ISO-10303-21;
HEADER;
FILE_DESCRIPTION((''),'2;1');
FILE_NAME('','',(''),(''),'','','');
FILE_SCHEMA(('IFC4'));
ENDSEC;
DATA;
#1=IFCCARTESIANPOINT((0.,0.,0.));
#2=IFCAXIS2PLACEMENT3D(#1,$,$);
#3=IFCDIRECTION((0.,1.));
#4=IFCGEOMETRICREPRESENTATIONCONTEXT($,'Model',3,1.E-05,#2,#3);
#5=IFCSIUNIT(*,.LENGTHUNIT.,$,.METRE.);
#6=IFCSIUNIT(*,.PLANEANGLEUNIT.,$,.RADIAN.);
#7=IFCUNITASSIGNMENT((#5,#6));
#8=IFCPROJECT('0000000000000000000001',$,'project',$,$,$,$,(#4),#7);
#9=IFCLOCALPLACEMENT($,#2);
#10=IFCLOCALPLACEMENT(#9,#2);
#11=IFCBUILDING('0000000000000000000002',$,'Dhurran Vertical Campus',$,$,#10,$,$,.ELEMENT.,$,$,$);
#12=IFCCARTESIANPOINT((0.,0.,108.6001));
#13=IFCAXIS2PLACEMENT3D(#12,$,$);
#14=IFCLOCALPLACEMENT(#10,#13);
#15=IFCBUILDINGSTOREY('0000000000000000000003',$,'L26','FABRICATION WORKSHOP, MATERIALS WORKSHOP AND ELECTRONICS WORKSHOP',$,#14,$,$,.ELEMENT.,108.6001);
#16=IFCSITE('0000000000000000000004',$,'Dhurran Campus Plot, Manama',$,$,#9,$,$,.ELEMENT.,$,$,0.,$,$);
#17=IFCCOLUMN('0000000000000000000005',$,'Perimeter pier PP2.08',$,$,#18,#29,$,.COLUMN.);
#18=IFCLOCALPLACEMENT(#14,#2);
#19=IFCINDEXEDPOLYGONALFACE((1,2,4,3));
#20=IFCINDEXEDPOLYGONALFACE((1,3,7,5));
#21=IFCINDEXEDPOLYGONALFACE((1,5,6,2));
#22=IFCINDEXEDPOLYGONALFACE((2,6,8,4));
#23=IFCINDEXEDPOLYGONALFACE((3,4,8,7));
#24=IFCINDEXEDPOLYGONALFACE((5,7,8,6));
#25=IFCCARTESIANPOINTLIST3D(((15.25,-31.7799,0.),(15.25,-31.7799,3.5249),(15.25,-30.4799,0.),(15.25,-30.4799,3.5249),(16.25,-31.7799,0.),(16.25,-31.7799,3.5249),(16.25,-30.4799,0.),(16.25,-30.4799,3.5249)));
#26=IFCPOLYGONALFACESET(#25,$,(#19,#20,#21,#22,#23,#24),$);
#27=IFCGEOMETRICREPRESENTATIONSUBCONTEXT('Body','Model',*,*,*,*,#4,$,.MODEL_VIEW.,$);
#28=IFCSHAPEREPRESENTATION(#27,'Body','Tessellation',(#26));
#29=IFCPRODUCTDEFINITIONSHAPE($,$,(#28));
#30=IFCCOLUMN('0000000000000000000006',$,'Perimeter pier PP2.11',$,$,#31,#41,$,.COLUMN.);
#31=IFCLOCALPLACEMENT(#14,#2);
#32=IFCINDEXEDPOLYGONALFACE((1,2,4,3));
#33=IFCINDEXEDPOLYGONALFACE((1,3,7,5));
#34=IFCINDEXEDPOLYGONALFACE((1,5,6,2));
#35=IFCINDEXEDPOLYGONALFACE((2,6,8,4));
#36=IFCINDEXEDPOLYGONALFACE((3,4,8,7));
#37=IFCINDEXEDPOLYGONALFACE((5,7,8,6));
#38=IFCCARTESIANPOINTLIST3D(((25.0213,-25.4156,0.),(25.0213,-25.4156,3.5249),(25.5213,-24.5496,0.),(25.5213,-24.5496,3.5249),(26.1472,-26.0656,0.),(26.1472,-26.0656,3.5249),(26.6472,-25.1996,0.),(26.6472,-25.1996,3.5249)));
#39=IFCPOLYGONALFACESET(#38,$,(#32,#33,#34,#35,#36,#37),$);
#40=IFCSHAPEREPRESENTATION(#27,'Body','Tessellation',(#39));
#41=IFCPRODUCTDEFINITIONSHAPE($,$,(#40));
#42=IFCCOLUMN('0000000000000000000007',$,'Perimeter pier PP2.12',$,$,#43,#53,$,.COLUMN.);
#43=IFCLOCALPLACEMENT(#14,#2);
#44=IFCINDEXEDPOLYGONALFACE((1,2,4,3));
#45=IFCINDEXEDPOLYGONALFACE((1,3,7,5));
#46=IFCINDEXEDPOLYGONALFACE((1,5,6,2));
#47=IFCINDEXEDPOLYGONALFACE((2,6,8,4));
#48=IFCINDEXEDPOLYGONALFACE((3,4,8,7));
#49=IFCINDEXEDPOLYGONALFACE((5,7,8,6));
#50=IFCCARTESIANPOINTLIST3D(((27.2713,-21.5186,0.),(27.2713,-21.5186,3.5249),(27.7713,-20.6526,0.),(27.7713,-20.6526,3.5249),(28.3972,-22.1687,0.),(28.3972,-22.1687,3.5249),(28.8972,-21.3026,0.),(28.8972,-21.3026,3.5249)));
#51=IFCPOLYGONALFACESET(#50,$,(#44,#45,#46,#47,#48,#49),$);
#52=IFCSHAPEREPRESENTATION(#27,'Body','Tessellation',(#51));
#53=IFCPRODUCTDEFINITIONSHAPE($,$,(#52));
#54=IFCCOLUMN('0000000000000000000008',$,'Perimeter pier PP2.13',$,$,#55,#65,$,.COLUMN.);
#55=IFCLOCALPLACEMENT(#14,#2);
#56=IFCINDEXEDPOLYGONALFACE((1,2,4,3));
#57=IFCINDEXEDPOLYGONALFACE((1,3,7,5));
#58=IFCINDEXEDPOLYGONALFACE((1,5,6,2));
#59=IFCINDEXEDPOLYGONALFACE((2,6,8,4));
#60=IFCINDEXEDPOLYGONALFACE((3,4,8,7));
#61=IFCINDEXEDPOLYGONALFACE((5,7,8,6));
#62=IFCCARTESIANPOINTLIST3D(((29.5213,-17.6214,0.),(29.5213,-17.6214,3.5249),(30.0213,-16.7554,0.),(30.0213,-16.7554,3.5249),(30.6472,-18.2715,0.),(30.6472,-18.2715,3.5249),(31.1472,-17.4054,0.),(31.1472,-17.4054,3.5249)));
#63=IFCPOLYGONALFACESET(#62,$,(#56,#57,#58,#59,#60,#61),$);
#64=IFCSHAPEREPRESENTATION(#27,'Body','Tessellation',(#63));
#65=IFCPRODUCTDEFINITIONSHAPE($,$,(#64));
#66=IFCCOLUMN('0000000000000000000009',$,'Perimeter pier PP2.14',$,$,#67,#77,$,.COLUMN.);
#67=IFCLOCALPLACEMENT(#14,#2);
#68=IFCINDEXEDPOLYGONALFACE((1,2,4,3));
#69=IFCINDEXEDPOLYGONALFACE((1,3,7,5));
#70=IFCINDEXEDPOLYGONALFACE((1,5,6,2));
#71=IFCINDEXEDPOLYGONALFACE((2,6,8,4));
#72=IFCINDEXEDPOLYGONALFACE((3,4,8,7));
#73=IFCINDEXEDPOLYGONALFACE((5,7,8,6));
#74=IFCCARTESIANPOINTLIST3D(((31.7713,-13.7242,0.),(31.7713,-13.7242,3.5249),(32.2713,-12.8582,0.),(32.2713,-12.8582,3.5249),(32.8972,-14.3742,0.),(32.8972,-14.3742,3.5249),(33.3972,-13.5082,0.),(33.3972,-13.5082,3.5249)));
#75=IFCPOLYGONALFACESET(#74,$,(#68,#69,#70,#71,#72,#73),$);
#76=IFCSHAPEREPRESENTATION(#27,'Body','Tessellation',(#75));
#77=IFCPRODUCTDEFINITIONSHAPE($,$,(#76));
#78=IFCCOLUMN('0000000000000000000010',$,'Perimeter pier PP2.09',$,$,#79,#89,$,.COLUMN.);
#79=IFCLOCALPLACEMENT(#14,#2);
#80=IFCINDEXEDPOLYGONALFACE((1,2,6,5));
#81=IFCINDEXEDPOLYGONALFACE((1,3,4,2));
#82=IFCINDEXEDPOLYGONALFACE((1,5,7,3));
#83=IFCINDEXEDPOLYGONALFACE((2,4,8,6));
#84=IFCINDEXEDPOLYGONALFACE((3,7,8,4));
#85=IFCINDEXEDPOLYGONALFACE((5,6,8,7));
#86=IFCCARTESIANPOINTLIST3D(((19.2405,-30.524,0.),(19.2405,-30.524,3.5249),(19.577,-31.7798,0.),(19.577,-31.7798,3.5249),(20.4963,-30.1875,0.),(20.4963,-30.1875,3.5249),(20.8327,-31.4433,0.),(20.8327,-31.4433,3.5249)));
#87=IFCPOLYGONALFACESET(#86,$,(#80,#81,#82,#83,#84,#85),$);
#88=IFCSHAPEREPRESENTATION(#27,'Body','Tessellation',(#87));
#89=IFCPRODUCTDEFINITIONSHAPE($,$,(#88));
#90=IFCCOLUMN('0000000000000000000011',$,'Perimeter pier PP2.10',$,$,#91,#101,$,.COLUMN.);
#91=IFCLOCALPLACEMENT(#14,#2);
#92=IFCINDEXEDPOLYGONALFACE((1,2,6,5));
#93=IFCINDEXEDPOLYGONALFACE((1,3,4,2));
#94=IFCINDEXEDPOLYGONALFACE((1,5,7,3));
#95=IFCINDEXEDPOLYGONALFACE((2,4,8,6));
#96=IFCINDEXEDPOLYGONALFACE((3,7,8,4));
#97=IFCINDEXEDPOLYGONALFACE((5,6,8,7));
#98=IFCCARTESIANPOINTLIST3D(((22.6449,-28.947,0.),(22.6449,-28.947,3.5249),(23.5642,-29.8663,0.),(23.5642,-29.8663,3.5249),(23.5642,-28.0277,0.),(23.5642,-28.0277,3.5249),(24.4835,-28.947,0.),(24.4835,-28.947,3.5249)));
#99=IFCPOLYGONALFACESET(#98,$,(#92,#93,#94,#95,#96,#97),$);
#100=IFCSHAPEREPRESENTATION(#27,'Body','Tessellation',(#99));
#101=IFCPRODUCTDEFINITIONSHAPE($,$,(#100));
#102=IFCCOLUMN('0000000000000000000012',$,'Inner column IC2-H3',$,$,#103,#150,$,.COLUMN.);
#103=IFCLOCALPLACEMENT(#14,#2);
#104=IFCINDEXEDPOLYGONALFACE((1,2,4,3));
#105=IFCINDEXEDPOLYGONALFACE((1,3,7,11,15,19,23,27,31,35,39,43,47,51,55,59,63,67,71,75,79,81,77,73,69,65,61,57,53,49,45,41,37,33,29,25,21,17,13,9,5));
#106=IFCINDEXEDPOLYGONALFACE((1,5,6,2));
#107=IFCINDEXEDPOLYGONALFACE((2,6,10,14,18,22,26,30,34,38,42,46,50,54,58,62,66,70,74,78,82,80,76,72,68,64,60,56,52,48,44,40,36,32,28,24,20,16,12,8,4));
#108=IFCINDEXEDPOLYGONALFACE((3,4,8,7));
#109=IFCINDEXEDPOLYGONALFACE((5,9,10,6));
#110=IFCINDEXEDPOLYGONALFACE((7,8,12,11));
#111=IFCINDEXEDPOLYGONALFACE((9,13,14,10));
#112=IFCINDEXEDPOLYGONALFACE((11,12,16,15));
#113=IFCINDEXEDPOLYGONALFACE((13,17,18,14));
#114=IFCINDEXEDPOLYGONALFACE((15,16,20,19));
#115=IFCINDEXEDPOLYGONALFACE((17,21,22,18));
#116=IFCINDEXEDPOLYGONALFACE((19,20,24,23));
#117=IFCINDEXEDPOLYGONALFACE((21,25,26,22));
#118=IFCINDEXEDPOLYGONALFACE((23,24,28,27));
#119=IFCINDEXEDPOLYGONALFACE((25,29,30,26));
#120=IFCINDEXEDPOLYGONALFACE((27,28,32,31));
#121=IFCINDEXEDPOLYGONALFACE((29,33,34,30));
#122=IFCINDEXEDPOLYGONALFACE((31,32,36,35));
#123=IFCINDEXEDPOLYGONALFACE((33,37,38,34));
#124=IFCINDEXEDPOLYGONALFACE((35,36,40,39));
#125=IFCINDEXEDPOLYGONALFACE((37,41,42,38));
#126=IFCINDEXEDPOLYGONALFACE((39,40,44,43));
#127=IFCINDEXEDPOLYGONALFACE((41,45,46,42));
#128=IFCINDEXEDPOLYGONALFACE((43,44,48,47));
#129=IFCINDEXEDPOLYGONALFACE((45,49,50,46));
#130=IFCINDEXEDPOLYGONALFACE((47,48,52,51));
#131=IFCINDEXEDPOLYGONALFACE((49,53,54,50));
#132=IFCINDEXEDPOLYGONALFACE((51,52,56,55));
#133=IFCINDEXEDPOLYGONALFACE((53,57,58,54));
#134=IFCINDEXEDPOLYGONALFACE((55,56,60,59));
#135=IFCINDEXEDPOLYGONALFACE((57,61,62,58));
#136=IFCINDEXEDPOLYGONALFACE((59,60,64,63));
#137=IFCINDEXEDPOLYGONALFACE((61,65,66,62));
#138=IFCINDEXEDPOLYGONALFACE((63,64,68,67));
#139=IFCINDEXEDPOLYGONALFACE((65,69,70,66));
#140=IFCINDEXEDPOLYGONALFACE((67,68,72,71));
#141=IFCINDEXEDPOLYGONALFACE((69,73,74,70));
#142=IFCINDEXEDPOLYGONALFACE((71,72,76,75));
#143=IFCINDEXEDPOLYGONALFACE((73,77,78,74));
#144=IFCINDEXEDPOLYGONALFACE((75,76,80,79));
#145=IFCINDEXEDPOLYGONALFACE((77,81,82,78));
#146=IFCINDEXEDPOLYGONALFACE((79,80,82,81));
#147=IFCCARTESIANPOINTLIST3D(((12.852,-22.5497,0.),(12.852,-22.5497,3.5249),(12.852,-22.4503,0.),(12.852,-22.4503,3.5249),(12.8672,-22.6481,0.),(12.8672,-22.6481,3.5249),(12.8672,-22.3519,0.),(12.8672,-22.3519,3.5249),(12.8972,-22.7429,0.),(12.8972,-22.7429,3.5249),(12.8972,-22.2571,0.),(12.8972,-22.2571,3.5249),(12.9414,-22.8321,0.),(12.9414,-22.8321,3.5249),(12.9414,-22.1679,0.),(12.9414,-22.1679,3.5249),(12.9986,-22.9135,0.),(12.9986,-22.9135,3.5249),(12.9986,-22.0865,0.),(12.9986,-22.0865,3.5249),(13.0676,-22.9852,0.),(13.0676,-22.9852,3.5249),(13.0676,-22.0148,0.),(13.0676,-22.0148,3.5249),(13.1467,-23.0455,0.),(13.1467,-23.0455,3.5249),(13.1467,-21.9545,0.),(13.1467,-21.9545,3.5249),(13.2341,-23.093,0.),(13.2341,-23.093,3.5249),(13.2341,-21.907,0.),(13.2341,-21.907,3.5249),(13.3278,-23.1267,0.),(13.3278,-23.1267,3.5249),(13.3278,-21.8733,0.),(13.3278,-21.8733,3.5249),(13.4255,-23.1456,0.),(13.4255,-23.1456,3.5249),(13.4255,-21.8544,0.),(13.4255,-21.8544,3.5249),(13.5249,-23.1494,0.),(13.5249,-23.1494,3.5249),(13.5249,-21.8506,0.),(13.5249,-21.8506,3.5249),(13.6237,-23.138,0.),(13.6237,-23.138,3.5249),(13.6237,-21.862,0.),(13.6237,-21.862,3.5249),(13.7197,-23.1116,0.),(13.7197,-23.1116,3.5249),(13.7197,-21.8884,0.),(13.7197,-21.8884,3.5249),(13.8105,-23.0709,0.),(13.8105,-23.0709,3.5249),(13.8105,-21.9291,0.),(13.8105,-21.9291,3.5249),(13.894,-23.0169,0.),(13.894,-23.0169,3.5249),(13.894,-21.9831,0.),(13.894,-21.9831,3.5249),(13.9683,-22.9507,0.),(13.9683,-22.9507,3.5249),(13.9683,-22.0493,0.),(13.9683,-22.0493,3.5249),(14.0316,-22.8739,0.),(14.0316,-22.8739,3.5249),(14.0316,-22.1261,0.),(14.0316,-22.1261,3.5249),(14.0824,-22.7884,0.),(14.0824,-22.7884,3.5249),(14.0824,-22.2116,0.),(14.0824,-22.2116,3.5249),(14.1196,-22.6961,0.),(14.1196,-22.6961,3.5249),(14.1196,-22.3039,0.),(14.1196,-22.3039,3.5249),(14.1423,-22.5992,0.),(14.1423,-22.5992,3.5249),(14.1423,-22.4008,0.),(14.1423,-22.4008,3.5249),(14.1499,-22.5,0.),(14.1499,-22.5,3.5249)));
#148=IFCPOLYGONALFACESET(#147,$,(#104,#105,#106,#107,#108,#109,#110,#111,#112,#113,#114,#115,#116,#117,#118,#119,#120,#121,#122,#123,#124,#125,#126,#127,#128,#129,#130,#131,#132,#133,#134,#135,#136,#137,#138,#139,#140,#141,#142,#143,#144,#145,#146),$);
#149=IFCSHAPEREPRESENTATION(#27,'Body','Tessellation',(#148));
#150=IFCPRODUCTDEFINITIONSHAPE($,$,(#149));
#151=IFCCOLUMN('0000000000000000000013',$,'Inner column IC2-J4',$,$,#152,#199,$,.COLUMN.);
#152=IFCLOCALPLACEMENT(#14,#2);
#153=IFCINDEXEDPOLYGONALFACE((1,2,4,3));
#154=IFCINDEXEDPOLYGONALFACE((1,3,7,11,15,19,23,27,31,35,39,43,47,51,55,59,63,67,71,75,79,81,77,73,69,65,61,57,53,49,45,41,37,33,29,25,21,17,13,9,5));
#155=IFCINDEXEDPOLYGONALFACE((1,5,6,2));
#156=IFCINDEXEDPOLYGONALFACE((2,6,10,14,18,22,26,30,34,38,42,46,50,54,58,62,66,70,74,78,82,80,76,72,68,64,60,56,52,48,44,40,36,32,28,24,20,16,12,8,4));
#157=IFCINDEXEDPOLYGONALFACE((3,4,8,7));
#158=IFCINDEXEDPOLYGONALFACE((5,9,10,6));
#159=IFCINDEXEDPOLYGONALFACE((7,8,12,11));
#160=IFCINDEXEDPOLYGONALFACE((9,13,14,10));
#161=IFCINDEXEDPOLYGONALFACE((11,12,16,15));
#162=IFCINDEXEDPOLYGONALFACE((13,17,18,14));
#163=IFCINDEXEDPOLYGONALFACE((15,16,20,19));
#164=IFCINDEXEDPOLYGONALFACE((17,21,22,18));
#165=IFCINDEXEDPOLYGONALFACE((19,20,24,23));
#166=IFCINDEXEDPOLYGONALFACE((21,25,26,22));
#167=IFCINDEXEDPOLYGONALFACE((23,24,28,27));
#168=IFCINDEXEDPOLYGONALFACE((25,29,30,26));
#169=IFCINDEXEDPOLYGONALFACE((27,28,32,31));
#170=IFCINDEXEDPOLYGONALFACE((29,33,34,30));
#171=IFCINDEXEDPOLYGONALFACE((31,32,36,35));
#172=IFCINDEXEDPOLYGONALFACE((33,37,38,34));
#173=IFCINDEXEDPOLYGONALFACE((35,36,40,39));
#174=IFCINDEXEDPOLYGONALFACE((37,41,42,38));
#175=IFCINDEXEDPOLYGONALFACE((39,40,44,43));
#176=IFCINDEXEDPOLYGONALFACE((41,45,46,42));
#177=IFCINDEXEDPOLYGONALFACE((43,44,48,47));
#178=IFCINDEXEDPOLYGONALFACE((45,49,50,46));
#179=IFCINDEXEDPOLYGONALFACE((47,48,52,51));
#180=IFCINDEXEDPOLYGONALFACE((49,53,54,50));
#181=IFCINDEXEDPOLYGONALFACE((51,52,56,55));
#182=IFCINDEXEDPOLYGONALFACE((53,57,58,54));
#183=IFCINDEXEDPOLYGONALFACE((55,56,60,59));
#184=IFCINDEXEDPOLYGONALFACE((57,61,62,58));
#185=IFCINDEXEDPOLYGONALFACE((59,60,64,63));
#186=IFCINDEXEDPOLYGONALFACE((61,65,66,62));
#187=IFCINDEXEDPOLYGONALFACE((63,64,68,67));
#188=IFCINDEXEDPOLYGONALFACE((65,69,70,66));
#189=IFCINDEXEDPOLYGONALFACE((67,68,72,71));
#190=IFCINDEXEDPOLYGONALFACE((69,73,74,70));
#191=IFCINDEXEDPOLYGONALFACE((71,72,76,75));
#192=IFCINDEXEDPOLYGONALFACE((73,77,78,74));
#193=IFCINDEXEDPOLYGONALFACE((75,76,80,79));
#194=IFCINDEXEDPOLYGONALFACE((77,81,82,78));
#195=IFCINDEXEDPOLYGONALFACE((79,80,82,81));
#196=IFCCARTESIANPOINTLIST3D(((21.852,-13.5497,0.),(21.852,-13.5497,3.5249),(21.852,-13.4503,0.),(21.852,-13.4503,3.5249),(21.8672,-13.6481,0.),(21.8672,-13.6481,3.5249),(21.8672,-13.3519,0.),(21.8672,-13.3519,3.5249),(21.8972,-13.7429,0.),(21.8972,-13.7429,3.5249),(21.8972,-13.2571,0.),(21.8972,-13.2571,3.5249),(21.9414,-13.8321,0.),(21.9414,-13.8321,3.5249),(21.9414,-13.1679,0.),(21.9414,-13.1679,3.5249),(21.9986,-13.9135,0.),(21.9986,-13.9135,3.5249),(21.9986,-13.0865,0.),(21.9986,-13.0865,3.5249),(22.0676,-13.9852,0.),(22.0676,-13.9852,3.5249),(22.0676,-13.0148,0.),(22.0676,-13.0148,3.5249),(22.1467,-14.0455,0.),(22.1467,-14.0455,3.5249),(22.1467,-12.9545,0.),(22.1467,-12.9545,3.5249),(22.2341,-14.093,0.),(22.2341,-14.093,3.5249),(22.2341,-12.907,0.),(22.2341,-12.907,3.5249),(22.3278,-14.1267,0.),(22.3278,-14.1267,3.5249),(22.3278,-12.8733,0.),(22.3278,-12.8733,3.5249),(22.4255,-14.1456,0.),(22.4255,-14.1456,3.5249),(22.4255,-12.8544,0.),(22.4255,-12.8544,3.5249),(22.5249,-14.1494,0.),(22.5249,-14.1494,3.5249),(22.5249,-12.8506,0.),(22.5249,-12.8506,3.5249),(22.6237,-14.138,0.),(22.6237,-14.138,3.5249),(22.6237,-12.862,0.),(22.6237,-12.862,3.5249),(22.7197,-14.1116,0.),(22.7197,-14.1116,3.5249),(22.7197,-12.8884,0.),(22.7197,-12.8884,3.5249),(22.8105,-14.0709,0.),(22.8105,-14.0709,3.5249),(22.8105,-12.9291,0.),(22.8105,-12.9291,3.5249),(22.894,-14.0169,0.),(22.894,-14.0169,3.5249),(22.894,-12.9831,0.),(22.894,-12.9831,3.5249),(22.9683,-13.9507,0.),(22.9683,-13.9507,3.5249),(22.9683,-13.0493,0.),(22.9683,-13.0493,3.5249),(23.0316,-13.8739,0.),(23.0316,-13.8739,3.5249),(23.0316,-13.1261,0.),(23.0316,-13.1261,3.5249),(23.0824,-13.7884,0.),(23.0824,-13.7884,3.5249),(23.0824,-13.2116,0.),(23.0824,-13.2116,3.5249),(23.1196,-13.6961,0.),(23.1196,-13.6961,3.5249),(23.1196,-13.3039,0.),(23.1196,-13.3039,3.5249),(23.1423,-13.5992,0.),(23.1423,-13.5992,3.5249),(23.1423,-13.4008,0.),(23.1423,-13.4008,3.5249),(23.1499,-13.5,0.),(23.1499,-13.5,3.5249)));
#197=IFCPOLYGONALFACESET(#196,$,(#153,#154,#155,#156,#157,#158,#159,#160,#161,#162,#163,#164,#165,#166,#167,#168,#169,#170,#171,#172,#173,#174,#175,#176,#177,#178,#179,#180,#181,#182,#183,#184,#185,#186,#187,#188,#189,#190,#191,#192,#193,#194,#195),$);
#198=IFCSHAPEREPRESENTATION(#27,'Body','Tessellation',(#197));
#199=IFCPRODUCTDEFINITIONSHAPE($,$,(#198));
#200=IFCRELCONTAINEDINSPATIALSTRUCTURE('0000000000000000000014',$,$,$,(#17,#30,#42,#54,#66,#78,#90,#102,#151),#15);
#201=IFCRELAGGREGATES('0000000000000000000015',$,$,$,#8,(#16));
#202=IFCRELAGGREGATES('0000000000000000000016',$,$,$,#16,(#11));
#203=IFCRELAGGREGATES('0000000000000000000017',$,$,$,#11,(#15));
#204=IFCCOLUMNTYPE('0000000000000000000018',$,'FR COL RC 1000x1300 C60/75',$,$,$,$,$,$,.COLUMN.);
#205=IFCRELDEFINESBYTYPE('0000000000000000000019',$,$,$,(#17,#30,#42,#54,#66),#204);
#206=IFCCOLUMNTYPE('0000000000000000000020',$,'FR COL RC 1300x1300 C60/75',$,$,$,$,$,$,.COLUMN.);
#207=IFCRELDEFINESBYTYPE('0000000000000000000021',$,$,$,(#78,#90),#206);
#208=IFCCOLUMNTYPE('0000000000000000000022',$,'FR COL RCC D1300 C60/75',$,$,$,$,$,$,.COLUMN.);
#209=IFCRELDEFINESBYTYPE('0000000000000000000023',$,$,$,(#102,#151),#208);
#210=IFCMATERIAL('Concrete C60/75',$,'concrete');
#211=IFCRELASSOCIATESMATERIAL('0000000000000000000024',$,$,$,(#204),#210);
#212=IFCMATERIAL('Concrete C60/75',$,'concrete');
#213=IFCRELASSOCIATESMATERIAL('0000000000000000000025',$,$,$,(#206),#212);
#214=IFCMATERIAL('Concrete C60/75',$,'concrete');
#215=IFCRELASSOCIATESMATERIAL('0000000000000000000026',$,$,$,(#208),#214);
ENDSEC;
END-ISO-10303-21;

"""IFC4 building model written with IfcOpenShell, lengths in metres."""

from ifc_helpers import new_model, si_unit, direction, frame, origin, origin_2d, place, context, subcontext, project, spatial, rectangle, circle, extrude, material, material_profile, profile_set, type_object, element, save


model = new_model("IFC4")

# Units and contexts
model_context = context("Model", 3, precision=1e-05, world=origin(), true_north=direction((0.0, 1.0)))
body_context = subcontext(model_context, "Body", "Model", "MODEL_VIEW")
ifc_project = project(units=[si_unit("LENGTHUNIT", "METRE"), si_unit("PLANEANGLEUNIT", "RADIAN")], contexts=[model_context])

# Site, building, storey
site_placement = place(None, origin())
site = spatial("IfcSite", under=ifc_project, at=site_placement, Name="Dhurran Campus Plot, Manama", CompositionType="ELEMENT", RefElevation=0.0)
building_placement = place(site_placement, origin())
building = spatial("IfcBuilding", under=site, at=building_placement, Name="Dhurran Vertical Campus", CompositionType="ELEMENT")
storey_placement = place(building_placement, frame((0.0, 0.0, 108.6001)))
storey = spatial("IfcBuildingStorey", under=building, at=storey_placement, Name="L26", Description="FABRICATION WORKSHOP, MATERIALS WORKSHOP AND ELECTRONICS WORKSHOP", CompositionType="ELEMENT", Elevation=108.6001)

# Columns
ifc_material_1 = material(Name="Concrete C60/75", Category="concrete")
ifc_material_profile_1 = material_profile(ifc_material_1, rectangle(XDim=1.0, YDim=1.3, at=origin_2d()), Name="RC 1000x1300")
ifc_profile_set_1 = profile_set([ifc_material_profile_1], Name="Concrete C60/75")
column_type_1 = type_object("IfcColumnType", Name="FR COL RC 1000x1300 C60/75", PredefinedType="COLUMN", material=ifc_profile_set_1)
for number, where, z_axis, x_axis, name in (
    (1, (15.75, -31.1299, 0.0), (0.0, 0.0, 1.0), (1.0, 0.0, 0.0), "Perimeter pier PP2.08"),
    (2, (25.8342, -25.3076, 0.0), (0.0, 0.0, 1.0), (0.5, 0.866025, 0.0), "Perimeter pier PP2.11"),
    (3, (28.0842, -21.4106, 0.0), (0.0, 0.0, 1.0), (0.5, 0.866025, 0.0), "Perimeter pier PP2.12"),
    (4, (30.3342, -17.5134, 0.0), (0.0, 0.0, 1.0), (0.5, 0.866025, 0.0), "Perimeter pier PP2.13"),
    (5, (32.5842, -13.6162, 0.0), (0.0, 0.0, 1.0), (0.5, 0.866025, 0.0), "Perimeter pier PP2.14"),
):
    element("IfcColumn", number, at=place(storey_placement, frame(where, z_axis=z_axis, x_axis=x_axis)), inside=storey, type_object=column_type_1, Name=name, PredefinedType="COLUMN", context=body_context, shape_type="SweptSolid", body=[
        extrude(rectangle(XDim=1.0, YDim=1.3, at=origin_2d()), origin(), (0.0, 0.0, 1.0), 3.5249),
    ])
ifc_material_2 = material(Name="Concrete C60/75", Category="concrete")
ifc_material_profile_2 = material_profile(ifc_material_2, rectangle(XDim=1.3, YDim=1.3, at=origin_2d()), Name="RC 1300x1300")
ifc_profile_set_2 = profile_set([ifc_material_profile_2], Name="Concrete C60/75")
column_type_2 = type_object("IfcColumnType", Name="FR COL RC 1300x1300 C60/75", PredefinedType="COLUMN", material=ifc_profile_set_2)
for number, where, z_axis, x_axis, name in (
    (6, (20.0366, -30.9836, 0.0), (0.0, 0.0, 1.0), (0.965926, 0.258819, 0.0), "Perimeter pier PP2.09"),
    (7, (23.5642, -28.947, 0.0), (0.0, 0.0, 1.0), (0.707107, 0.707107, 0.0), "Perimeter pier PP2.10"),
):
    element("IfcColumn", number, at=place(storey_placement, frame(where, z_axis=z_axis, x_axis=x_axis)), inside=storey, type_object=column_type_2, Name=name, PredefinedType="COLUMN", context=body_context, shape_type="SweptSolid", body=[
        extrude(rectangle(XDim=1.3, YDim=1.3, at=origin_2d()), origin(), (0.0, 0.0, 1.0), 3.5249),
    ])
ifc_material_3 = material(Name="Concrete C60/75", Category="concrete")
ifc_material_profile_3 = material_profile(ifc_material_3, circle(Radius=0.6499, at=origin_2d()), Name="RCC D1300")
ifc_profile_set_3 = profile_set([ifc_material_profile_3], Name="Concrete C60/75")
column_type_3 = type_object("IfcColumnType", Name="FR COL RCC D1300 C60/75", PredefinedType="COLUMN", material=ifc_profile_set_3)
for number, where, z_axis, x_axis, name in (
    (8, (13.5, -22.5, 0.0), (0.0, 0.0, 1.0), (1.0, 0.0, 0.0), "Inner column IC2-H3"),
    (9, (22.5, -13.5, 0.0), (0.0, 0.0, 1.0), (1.0, 0.0, 0.0), "Inner column IC2-J4"),
):
    element("IfcColumn", number, at=place(storey_placement, frame(where, z_axis=z_axis, x_axis=x_axis)), inside=storey, type_object=column_type_3, Name=name, PredefinedType="COLUMN", context=body_context, shape_type="SweptSolid", body=[
        extrude(circle(Radius=0.6499, at=origin_2d()), origin(), (0.0, 0.0, 1.0), 3.5249),
    ])

save(model, "model.ifc")
